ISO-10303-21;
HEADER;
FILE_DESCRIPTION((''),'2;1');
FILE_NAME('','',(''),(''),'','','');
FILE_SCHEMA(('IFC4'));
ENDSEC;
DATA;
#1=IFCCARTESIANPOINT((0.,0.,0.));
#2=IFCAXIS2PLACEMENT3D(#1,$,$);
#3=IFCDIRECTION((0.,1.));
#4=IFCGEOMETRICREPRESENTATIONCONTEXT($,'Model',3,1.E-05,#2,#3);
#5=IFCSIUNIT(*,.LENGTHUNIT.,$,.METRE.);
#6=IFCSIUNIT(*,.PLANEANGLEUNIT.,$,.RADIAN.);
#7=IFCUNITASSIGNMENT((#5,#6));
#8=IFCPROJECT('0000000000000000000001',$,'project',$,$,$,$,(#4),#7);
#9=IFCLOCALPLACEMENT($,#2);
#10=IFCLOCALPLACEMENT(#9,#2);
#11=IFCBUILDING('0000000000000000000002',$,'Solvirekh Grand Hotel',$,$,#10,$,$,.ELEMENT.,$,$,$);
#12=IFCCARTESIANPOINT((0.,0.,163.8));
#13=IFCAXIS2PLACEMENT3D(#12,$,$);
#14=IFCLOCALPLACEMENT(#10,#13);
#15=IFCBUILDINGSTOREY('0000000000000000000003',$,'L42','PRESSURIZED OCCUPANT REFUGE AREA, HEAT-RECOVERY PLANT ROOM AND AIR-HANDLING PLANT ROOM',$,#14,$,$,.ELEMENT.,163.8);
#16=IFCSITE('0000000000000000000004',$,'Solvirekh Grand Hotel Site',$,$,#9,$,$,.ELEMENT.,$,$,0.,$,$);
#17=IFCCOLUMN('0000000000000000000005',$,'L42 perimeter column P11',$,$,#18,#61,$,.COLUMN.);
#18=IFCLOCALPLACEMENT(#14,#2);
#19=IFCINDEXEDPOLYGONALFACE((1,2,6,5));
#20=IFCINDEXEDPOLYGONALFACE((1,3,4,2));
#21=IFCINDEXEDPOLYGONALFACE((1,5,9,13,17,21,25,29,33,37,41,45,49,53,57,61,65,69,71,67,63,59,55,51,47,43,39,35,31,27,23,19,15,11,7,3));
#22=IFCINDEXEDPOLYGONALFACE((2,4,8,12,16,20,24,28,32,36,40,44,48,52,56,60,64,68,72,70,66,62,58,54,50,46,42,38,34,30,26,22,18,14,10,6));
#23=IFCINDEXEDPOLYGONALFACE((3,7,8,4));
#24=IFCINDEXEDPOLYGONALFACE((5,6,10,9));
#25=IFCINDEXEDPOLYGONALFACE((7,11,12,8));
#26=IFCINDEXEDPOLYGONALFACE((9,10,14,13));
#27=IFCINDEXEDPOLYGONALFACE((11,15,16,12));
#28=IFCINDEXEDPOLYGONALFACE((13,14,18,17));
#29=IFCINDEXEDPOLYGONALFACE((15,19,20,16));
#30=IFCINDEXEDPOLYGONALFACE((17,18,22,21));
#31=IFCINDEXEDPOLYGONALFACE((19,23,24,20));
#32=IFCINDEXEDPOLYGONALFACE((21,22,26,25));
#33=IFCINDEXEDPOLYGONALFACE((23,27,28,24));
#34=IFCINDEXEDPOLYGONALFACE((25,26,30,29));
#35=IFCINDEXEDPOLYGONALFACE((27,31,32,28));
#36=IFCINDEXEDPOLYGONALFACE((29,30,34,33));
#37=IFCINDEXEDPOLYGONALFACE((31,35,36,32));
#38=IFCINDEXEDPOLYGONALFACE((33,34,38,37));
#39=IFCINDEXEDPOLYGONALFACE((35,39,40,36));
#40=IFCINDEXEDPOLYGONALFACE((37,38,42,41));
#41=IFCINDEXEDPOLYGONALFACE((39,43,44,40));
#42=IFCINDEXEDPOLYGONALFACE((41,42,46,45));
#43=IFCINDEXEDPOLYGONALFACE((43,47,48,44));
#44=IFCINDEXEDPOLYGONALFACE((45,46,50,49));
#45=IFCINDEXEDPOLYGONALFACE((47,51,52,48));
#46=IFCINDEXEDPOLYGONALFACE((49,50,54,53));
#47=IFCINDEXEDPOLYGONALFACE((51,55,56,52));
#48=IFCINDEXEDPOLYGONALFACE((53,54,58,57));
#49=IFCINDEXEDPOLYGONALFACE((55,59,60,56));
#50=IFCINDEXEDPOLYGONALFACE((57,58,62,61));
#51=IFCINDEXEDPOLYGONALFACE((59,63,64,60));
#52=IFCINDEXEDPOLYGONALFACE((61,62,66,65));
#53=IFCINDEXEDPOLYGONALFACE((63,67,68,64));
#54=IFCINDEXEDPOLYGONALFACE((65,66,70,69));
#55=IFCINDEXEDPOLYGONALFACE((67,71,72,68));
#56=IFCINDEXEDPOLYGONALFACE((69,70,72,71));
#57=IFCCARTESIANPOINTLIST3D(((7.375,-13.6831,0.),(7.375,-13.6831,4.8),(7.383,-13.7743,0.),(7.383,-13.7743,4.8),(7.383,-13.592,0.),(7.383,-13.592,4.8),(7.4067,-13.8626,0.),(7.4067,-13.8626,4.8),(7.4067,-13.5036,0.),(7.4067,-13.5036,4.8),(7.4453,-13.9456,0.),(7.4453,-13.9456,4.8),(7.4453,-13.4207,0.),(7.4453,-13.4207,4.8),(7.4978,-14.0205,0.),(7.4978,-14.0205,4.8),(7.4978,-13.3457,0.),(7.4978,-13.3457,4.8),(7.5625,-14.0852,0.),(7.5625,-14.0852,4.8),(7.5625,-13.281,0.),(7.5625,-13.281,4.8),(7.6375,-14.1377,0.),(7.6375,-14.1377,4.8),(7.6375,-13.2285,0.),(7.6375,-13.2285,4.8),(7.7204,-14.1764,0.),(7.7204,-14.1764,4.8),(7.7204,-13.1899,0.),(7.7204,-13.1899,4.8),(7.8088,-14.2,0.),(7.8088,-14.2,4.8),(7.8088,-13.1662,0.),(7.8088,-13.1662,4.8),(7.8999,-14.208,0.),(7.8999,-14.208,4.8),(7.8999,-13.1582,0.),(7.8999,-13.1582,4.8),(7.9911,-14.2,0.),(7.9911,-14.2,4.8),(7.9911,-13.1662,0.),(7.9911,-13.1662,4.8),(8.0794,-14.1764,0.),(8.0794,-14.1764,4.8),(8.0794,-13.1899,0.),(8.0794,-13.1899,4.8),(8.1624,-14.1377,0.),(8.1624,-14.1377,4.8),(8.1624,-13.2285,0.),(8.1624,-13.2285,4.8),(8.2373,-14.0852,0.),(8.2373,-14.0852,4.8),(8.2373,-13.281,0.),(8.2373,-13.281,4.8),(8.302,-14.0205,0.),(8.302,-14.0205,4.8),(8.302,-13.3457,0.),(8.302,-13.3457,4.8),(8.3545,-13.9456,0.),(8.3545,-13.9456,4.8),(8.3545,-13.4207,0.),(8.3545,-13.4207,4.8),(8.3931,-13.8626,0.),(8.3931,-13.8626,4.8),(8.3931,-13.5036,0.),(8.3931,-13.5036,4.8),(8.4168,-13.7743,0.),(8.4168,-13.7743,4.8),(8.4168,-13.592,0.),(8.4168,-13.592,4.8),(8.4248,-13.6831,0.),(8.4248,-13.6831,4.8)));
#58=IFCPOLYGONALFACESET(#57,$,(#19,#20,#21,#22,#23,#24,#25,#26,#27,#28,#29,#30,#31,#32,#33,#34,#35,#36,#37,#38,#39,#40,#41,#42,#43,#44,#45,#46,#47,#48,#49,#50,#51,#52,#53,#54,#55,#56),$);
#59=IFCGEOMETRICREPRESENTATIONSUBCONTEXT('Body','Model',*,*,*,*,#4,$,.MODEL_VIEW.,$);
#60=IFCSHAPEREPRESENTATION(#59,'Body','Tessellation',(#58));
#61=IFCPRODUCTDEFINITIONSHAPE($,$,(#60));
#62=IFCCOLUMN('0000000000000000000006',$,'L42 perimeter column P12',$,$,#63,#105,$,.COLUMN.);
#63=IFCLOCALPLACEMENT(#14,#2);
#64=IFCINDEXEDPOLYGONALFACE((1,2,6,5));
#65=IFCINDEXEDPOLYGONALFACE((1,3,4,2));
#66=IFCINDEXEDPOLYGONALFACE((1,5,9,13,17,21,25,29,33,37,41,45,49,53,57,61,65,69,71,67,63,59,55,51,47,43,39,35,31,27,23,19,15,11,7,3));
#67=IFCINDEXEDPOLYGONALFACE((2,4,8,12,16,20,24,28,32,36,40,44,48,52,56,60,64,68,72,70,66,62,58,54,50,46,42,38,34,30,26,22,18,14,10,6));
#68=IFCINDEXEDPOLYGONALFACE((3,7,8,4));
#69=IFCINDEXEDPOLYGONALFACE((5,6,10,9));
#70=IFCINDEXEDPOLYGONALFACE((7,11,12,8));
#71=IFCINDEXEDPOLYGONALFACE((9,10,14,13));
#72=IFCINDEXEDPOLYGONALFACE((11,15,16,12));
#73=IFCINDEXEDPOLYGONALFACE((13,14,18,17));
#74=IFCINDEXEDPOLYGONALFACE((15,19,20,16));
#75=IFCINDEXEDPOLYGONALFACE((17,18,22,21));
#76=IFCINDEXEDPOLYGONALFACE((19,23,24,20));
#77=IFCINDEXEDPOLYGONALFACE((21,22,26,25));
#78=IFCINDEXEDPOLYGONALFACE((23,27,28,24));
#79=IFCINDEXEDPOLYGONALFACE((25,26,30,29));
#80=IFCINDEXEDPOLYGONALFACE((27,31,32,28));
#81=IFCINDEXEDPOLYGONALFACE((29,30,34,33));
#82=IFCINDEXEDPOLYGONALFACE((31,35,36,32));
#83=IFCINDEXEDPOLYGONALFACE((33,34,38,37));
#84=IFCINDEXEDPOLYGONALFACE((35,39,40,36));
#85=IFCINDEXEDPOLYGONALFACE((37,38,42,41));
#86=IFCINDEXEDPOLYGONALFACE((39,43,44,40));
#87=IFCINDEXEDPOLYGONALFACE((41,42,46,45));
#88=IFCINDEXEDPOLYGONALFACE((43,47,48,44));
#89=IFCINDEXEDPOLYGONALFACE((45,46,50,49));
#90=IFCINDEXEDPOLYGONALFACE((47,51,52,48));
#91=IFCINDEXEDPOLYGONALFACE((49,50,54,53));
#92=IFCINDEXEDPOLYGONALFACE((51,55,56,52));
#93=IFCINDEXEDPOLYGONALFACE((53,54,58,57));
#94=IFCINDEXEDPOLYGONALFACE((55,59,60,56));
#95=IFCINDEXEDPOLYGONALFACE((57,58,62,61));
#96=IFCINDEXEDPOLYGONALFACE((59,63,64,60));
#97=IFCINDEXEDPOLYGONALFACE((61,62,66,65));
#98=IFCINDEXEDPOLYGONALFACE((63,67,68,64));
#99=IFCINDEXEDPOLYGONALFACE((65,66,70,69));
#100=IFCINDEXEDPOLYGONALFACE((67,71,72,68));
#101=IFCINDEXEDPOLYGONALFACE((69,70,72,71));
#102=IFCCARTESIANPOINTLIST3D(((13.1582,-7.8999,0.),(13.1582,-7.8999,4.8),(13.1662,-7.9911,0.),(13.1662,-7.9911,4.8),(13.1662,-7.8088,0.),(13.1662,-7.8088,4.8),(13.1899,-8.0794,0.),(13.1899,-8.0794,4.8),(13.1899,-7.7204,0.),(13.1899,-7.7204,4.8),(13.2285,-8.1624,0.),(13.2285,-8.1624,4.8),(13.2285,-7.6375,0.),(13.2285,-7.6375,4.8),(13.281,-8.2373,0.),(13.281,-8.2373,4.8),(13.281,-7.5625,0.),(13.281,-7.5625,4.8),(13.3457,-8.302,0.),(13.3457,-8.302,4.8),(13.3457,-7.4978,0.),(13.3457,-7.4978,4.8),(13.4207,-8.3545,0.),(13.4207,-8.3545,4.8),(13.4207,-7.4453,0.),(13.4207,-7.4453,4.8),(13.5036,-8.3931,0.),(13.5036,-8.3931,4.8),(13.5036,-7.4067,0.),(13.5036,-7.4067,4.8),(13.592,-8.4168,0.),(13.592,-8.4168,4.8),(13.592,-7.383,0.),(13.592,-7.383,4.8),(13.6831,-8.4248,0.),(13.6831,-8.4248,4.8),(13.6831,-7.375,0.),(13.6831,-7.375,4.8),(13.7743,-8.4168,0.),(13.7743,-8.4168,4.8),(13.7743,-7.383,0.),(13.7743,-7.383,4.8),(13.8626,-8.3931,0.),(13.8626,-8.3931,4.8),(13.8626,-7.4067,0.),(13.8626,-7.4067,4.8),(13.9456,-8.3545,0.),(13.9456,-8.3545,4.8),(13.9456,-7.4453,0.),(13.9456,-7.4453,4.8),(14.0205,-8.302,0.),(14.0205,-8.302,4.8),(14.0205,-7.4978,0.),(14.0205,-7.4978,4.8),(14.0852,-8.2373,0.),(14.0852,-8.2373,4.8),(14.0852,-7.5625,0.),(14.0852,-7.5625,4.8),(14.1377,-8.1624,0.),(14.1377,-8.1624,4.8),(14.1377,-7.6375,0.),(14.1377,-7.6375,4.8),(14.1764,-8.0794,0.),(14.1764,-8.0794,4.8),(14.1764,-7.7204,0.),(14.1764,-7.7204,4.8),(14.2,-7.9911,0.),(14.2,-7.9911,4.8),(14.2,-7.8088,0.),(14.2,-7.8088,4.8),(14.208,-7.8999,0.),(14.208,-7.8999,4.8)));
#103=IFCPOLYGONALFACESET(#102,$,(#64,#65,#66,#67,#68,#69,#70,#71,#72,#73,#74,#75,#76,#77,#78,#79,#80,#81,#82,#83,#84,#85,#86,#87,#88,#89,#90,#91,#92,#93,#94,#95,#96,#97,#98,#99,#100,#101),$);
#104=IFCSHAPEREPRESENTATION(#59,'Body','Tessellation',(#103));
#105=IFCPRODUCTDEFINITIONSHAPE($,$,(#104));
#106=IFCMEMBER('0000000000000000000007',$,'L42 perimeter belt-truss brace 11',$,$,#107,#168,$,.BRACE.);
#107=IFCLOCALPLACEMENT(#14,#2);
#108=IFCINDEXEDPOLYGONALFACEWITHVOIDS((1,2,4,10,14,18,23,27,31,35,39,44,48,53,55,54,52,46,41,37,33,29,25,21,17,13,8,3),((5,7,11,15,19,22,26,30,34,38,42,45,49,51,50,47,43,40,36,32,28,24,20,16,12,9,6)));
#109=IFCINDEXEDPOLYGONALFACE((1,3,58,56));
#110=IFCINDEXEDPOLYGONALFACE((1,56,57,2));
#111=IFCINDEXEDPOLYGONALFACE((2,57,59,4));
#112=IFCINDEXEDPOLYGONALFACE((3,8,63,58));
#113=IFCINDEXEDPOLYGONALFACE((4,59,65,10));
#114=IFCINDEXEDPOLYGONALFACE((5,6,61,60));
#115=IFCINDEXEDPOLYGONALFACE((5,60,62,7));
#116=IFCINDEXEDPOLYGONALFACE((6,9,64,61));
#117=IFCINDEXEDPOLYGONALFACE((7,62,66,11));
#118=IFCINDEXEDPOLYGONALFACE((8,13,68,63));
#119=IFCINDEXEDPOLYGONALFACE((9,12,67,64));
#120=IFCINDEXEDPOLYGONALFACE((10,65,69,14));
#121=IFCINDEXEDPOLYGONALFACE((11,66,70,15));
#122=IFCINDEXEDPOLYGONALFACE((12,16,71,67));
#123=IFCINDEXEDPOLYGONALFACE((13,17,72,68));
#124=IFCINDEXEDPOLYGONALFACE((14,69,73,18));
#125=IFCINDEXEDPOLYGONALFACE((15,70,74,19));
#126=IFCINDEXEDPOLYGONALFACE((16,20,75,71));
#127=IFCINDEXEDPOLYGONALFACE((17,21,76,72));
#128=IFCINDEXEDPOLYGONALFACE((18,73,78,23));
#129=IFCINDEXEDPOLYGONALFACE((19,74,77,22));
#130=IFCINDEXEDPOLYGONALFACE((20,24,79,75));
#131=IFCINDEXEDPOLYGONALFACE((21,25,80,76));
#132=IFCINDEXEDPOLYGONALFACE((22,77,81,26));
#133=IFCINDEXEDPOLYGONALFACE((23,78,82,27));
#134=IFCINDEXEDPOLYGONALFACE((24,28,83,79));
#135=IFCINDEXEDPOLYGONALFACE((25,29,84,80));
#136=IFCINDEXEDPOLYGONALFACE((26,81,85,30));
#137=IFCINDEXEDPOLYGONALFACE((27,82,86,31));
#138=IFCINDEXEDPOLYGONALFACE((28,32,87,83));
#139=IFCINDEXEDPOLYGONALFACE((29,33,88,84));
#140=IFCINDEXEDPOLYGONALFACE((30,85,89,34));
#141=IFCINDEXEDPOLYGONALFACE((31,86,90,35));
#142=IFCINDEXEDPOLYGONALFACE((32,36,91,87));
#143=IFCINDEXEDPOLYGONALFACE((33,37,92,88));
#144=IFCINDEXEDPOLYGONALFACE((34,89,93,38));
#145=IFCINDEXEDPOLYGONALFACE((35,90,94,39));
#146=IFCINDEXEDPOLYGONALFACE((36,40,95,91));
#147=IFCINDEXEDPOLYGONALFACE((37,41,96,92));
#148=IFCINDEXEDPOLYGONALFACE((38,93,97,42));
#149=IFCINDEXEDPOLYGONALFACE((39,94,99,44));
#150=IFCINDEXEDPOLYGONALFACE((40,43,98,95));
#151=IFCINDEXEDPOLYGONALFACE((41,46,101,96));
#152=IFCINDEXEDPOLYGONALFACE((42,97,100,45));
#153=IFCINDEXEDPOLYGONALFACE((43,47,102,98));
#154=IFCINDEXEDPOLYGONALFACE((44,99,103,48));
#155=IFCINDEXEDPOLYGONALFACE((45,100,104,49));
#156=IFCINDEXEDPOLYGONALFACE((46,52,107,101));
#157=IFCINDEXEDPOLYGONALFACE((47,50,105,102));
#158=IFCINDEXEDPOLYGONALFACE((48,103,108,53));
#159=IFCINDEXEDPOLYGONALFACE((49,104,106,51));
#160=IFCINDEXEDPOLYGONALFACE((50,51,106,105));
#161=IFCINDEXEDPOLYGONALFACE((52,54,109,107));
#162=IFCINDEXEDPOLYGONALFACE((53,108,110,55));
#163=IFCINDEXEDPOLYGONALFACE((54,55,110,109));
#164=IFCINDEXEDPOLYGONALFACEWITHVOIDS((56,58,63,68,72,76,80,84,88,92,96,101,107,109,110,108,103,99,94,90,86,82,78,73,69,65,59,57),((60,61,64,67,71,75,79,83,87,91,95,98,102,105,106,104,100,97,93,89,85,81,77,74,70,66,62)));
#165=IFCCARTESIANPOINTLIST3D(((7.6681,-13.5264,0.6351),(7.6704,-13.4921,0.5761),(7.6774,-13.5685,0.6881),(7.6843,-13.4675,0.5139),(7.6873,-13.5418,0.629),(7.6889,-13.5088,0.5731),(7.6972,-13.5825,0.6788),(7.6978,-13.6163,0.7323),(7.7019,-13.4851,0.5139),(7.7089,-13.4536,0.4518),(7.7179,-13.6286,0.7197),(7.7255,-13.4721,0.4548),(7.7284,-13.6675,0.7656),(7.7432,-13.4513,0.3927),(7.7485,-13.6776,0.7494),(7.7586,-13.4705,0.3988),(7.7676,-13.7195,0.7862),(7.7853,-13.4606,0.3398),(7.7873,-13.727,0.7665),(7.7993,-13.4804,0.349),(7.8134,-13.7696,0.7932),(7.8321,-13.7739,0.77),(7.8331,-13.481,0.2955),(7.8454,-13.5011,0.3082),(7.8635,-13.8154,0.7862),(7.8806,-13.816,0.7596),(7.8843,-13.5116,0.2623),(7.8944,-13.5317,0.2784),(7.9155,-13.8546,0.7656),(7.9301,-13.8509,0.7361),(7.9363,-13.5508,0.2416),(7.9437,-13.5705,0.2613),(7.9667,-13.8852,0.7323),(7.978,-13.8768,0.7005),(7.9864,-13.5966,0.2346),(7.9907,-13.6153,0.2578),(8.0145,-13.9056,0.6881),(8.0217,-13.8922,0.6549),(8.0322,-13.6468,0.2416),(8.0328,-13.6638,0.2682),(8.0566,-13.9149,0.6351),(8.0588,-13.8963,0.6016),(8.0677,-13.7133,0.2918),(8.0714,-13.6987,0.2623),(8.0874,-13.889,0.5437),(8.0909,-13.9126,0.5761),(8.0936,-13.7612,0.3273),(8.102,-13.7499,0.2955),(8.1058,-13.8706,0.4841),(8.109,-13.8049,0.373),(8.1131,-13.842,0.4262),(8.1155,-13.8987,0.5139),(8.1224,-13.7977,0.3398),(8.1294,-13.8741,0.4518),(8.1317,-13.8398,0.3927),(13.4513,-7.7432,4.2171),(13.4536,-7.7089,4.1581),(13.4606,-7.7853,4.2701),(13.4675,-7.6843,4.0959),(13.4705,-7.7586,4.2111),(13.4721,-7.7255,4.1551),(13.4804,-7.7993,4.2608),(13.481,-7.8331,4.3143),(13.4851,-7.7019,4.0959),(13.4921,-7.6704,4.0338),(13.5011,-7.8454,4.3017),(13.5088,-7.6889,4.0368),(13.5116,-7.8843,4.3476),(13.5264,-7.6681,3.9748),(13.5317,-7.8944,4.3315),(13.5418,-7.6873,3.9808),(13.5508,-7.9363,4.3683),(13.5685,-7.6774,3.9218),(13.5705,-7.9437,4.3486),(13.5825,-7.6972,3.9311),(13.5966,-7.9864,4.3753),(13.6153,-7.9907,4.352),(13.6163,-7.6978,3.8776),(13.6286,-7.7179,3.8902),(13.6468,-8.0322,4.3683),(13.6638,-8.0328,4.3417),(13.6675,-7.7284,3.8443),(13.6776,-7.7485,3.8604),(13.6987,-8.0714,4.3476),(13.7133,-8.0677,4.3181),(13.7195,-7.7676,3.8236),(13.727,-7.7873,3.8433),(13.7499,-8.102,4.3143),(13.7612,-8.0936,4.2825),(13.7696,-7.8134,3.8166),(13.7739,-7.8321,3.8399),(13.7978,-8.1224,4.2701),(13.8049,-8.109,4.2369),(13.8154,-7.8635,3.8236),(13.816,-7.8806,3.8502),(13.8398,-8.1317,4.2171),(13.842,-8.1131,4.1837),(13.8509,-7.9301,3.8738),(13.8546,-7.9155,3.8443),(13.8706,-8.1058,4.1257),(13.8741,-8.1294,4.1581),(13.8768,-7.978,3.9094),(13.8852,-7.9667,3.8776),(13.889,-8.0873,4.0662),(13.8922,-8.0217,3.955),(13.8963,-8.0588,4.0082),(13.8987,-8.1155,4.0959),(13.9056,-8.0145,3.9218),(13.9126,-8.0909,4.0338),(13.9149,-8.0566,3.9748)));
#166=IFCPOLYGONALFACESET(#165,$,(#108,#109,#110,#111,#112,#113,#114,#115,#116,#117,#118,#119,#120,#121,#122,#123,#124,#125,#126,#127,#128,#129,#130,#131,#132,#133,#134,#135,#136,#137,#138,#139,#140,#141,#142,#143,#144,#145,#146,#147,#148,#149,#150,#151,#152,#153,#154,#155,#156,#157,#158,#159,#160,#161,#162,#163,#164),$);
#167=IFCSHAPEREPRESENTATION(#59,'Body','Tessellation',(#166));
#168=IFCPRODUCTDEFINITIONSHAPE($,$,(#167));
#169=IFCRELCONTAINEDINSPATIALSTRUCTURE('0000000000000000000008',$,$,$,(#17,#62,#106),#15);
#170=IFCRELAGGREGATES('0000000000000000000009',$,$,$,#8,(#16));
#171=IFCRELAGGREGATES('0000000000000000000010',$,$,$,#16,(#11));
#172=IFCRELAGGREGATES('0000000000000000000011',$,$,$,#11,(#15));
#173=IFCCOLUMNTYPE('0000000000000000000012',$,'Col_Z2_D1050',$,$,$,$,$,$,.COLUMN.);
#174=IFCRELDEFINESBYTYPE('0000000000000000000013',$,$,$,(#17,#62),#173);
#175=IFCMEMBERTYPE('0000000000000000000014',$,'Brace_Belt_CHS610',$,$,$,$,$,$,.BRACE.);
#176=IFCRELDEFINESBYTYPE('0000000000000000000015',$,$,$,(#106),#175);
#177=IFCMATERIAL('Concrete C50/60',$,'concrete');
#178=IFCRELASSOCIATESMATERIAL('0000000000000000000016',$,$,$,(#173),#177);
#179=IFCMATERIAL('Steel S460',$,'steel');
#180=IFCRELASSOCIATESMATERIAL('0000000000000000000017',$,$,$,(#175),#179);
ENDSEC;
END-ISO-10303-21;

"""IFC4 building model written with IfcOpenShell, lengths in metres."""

from ifc_helpers import new_model, si_unit, direction, frame, origin, origin_2d, place, context, subcontext, project, spatial, circle, hollow_circle, extrude, material, material_profile, profile_set, type_object, element, save


model = new_model("IFC4")

# Units and contexts
model_context = context("Model", 3, precision=1e-05, world=origin(), true_north=direction((0.0, 1.0)))
body_context = subcontext(model_context, "Body", "Model", "MODEL_VIEW")
ifc_project = project(units=[si_unit("LENGTHUNIT", "METRE"), si_unit("PLANEANGLEUNIT", "RADIAN")], contexts=[model_context])

# Site, building, storey
site_placement = place(None, origin())
site = spatial("IfcSite", under=ifc_project, at=site_placement, Name="Solvirekh Grand Hotel Site", CompositionType="ELEMENT", RefElevation=0.0)
building_placement = place(site_placement, origin())
building = spatial("IfcBuilding", under=site, at=building_placement, Name="Solvirekh Grand Hotel", CompositionType="ELEMENT")
storey_placement = place(building_placement, frame((0.0, 0.0, 163.8)))
storey = spatial("IfcBuildingStorey", under=building, at=storey_placement, Name="L42", Description="PRESSURIZED OCCUPANT REFUGE AREA, HEAT-RECOVERY PLANT ROOM AND AIR-HANDLING PLANT ROOM", CompositionType="ELEMENT", Elevation=163.8)

# Columns
ifc_material_1 = material(Name="Concrete C50/60", Category="concrete")
ifc_material_profile_1 = material_profile(ifc_material_1, circle(Radius=0.5249, at=origin_2d()), Name="RC CIRC D1050")
ifc_profile_set_1 = profile_set([ifc_material_profile_1], Name="Concrete C50/60")
column_type = type_object("IfcColumnType", Name="Col_Z2_D1050", PredefinedType="COLUMN", material=ifc_profile_set_1)
for number, where, z_axis, x_axis, name in (
    (1, (7.8999, -13.6831, 0.0), (0.0, 0.0, 1.0), (1.0, 0.0, 0.0), "L42 perimeter column P11"),
    (2, (13.6831, -7.8999, 0.0), (0.0, 0.0, 1.0), (1.0, 0.0, 0.0), "L42 perimeter column P12"),
):
    element("IfcColumn", number, at=place(storey_placement, frame(where, z_axis=z_axis, x_axis=x_axis)), inside=storey, type_object=column_type, Name=name, PredefinedType="COLUMN", context=body_context, shape_type="SweptSolid", body=[
        extrude(circle(Radius=0.5249, at=origin_2d()), origin(), (0.0, 0.0, 1.0), 4.8),
    ])

# Member
ifc_material_2 = material(Name="Steel S460", Category="steel")
ifc_material_profile_2 = material_profile(ifc_material_2, hollow_circle(Radius=0.3049, WallThickness=0.0249, at=origin_2d()), Name="CHS 610X25")
ifc_profile_set_2 = profile_set([ifc_material_profile_2], Name="Steel S460")
member_type = type_object("IfcMemberType", Name="Brace_Belt_CHS610", PredefinedType="BRACE", material=ifc_profile_set_2)
for number, where, z_axis, x_axis, name in (
    (3, (7.8999, -13.6831, 0.5139), (0.647709, 0.647709, 0.401181), (-0.707107, 0.707107, 0.0), "L42 perimeter belt-truss brace 11"),
):
    element("IfcMember", number, at=place(storey_placement, frame(where, z_axis=z_axis, x_axis=x_axis)), inside=storey, type_object=member_type, Name=name, PredefinedType="BRACE", context=body_context, shape_type="SweptSolid", body=[
        extrude(hollow_circle(Radius=0.3049, WallThickness=0.0249, at=origin_2d()), origin(), (0.0, 0.0, 1.0), 8.9287),
    ])

save(model, "model.ifc")
